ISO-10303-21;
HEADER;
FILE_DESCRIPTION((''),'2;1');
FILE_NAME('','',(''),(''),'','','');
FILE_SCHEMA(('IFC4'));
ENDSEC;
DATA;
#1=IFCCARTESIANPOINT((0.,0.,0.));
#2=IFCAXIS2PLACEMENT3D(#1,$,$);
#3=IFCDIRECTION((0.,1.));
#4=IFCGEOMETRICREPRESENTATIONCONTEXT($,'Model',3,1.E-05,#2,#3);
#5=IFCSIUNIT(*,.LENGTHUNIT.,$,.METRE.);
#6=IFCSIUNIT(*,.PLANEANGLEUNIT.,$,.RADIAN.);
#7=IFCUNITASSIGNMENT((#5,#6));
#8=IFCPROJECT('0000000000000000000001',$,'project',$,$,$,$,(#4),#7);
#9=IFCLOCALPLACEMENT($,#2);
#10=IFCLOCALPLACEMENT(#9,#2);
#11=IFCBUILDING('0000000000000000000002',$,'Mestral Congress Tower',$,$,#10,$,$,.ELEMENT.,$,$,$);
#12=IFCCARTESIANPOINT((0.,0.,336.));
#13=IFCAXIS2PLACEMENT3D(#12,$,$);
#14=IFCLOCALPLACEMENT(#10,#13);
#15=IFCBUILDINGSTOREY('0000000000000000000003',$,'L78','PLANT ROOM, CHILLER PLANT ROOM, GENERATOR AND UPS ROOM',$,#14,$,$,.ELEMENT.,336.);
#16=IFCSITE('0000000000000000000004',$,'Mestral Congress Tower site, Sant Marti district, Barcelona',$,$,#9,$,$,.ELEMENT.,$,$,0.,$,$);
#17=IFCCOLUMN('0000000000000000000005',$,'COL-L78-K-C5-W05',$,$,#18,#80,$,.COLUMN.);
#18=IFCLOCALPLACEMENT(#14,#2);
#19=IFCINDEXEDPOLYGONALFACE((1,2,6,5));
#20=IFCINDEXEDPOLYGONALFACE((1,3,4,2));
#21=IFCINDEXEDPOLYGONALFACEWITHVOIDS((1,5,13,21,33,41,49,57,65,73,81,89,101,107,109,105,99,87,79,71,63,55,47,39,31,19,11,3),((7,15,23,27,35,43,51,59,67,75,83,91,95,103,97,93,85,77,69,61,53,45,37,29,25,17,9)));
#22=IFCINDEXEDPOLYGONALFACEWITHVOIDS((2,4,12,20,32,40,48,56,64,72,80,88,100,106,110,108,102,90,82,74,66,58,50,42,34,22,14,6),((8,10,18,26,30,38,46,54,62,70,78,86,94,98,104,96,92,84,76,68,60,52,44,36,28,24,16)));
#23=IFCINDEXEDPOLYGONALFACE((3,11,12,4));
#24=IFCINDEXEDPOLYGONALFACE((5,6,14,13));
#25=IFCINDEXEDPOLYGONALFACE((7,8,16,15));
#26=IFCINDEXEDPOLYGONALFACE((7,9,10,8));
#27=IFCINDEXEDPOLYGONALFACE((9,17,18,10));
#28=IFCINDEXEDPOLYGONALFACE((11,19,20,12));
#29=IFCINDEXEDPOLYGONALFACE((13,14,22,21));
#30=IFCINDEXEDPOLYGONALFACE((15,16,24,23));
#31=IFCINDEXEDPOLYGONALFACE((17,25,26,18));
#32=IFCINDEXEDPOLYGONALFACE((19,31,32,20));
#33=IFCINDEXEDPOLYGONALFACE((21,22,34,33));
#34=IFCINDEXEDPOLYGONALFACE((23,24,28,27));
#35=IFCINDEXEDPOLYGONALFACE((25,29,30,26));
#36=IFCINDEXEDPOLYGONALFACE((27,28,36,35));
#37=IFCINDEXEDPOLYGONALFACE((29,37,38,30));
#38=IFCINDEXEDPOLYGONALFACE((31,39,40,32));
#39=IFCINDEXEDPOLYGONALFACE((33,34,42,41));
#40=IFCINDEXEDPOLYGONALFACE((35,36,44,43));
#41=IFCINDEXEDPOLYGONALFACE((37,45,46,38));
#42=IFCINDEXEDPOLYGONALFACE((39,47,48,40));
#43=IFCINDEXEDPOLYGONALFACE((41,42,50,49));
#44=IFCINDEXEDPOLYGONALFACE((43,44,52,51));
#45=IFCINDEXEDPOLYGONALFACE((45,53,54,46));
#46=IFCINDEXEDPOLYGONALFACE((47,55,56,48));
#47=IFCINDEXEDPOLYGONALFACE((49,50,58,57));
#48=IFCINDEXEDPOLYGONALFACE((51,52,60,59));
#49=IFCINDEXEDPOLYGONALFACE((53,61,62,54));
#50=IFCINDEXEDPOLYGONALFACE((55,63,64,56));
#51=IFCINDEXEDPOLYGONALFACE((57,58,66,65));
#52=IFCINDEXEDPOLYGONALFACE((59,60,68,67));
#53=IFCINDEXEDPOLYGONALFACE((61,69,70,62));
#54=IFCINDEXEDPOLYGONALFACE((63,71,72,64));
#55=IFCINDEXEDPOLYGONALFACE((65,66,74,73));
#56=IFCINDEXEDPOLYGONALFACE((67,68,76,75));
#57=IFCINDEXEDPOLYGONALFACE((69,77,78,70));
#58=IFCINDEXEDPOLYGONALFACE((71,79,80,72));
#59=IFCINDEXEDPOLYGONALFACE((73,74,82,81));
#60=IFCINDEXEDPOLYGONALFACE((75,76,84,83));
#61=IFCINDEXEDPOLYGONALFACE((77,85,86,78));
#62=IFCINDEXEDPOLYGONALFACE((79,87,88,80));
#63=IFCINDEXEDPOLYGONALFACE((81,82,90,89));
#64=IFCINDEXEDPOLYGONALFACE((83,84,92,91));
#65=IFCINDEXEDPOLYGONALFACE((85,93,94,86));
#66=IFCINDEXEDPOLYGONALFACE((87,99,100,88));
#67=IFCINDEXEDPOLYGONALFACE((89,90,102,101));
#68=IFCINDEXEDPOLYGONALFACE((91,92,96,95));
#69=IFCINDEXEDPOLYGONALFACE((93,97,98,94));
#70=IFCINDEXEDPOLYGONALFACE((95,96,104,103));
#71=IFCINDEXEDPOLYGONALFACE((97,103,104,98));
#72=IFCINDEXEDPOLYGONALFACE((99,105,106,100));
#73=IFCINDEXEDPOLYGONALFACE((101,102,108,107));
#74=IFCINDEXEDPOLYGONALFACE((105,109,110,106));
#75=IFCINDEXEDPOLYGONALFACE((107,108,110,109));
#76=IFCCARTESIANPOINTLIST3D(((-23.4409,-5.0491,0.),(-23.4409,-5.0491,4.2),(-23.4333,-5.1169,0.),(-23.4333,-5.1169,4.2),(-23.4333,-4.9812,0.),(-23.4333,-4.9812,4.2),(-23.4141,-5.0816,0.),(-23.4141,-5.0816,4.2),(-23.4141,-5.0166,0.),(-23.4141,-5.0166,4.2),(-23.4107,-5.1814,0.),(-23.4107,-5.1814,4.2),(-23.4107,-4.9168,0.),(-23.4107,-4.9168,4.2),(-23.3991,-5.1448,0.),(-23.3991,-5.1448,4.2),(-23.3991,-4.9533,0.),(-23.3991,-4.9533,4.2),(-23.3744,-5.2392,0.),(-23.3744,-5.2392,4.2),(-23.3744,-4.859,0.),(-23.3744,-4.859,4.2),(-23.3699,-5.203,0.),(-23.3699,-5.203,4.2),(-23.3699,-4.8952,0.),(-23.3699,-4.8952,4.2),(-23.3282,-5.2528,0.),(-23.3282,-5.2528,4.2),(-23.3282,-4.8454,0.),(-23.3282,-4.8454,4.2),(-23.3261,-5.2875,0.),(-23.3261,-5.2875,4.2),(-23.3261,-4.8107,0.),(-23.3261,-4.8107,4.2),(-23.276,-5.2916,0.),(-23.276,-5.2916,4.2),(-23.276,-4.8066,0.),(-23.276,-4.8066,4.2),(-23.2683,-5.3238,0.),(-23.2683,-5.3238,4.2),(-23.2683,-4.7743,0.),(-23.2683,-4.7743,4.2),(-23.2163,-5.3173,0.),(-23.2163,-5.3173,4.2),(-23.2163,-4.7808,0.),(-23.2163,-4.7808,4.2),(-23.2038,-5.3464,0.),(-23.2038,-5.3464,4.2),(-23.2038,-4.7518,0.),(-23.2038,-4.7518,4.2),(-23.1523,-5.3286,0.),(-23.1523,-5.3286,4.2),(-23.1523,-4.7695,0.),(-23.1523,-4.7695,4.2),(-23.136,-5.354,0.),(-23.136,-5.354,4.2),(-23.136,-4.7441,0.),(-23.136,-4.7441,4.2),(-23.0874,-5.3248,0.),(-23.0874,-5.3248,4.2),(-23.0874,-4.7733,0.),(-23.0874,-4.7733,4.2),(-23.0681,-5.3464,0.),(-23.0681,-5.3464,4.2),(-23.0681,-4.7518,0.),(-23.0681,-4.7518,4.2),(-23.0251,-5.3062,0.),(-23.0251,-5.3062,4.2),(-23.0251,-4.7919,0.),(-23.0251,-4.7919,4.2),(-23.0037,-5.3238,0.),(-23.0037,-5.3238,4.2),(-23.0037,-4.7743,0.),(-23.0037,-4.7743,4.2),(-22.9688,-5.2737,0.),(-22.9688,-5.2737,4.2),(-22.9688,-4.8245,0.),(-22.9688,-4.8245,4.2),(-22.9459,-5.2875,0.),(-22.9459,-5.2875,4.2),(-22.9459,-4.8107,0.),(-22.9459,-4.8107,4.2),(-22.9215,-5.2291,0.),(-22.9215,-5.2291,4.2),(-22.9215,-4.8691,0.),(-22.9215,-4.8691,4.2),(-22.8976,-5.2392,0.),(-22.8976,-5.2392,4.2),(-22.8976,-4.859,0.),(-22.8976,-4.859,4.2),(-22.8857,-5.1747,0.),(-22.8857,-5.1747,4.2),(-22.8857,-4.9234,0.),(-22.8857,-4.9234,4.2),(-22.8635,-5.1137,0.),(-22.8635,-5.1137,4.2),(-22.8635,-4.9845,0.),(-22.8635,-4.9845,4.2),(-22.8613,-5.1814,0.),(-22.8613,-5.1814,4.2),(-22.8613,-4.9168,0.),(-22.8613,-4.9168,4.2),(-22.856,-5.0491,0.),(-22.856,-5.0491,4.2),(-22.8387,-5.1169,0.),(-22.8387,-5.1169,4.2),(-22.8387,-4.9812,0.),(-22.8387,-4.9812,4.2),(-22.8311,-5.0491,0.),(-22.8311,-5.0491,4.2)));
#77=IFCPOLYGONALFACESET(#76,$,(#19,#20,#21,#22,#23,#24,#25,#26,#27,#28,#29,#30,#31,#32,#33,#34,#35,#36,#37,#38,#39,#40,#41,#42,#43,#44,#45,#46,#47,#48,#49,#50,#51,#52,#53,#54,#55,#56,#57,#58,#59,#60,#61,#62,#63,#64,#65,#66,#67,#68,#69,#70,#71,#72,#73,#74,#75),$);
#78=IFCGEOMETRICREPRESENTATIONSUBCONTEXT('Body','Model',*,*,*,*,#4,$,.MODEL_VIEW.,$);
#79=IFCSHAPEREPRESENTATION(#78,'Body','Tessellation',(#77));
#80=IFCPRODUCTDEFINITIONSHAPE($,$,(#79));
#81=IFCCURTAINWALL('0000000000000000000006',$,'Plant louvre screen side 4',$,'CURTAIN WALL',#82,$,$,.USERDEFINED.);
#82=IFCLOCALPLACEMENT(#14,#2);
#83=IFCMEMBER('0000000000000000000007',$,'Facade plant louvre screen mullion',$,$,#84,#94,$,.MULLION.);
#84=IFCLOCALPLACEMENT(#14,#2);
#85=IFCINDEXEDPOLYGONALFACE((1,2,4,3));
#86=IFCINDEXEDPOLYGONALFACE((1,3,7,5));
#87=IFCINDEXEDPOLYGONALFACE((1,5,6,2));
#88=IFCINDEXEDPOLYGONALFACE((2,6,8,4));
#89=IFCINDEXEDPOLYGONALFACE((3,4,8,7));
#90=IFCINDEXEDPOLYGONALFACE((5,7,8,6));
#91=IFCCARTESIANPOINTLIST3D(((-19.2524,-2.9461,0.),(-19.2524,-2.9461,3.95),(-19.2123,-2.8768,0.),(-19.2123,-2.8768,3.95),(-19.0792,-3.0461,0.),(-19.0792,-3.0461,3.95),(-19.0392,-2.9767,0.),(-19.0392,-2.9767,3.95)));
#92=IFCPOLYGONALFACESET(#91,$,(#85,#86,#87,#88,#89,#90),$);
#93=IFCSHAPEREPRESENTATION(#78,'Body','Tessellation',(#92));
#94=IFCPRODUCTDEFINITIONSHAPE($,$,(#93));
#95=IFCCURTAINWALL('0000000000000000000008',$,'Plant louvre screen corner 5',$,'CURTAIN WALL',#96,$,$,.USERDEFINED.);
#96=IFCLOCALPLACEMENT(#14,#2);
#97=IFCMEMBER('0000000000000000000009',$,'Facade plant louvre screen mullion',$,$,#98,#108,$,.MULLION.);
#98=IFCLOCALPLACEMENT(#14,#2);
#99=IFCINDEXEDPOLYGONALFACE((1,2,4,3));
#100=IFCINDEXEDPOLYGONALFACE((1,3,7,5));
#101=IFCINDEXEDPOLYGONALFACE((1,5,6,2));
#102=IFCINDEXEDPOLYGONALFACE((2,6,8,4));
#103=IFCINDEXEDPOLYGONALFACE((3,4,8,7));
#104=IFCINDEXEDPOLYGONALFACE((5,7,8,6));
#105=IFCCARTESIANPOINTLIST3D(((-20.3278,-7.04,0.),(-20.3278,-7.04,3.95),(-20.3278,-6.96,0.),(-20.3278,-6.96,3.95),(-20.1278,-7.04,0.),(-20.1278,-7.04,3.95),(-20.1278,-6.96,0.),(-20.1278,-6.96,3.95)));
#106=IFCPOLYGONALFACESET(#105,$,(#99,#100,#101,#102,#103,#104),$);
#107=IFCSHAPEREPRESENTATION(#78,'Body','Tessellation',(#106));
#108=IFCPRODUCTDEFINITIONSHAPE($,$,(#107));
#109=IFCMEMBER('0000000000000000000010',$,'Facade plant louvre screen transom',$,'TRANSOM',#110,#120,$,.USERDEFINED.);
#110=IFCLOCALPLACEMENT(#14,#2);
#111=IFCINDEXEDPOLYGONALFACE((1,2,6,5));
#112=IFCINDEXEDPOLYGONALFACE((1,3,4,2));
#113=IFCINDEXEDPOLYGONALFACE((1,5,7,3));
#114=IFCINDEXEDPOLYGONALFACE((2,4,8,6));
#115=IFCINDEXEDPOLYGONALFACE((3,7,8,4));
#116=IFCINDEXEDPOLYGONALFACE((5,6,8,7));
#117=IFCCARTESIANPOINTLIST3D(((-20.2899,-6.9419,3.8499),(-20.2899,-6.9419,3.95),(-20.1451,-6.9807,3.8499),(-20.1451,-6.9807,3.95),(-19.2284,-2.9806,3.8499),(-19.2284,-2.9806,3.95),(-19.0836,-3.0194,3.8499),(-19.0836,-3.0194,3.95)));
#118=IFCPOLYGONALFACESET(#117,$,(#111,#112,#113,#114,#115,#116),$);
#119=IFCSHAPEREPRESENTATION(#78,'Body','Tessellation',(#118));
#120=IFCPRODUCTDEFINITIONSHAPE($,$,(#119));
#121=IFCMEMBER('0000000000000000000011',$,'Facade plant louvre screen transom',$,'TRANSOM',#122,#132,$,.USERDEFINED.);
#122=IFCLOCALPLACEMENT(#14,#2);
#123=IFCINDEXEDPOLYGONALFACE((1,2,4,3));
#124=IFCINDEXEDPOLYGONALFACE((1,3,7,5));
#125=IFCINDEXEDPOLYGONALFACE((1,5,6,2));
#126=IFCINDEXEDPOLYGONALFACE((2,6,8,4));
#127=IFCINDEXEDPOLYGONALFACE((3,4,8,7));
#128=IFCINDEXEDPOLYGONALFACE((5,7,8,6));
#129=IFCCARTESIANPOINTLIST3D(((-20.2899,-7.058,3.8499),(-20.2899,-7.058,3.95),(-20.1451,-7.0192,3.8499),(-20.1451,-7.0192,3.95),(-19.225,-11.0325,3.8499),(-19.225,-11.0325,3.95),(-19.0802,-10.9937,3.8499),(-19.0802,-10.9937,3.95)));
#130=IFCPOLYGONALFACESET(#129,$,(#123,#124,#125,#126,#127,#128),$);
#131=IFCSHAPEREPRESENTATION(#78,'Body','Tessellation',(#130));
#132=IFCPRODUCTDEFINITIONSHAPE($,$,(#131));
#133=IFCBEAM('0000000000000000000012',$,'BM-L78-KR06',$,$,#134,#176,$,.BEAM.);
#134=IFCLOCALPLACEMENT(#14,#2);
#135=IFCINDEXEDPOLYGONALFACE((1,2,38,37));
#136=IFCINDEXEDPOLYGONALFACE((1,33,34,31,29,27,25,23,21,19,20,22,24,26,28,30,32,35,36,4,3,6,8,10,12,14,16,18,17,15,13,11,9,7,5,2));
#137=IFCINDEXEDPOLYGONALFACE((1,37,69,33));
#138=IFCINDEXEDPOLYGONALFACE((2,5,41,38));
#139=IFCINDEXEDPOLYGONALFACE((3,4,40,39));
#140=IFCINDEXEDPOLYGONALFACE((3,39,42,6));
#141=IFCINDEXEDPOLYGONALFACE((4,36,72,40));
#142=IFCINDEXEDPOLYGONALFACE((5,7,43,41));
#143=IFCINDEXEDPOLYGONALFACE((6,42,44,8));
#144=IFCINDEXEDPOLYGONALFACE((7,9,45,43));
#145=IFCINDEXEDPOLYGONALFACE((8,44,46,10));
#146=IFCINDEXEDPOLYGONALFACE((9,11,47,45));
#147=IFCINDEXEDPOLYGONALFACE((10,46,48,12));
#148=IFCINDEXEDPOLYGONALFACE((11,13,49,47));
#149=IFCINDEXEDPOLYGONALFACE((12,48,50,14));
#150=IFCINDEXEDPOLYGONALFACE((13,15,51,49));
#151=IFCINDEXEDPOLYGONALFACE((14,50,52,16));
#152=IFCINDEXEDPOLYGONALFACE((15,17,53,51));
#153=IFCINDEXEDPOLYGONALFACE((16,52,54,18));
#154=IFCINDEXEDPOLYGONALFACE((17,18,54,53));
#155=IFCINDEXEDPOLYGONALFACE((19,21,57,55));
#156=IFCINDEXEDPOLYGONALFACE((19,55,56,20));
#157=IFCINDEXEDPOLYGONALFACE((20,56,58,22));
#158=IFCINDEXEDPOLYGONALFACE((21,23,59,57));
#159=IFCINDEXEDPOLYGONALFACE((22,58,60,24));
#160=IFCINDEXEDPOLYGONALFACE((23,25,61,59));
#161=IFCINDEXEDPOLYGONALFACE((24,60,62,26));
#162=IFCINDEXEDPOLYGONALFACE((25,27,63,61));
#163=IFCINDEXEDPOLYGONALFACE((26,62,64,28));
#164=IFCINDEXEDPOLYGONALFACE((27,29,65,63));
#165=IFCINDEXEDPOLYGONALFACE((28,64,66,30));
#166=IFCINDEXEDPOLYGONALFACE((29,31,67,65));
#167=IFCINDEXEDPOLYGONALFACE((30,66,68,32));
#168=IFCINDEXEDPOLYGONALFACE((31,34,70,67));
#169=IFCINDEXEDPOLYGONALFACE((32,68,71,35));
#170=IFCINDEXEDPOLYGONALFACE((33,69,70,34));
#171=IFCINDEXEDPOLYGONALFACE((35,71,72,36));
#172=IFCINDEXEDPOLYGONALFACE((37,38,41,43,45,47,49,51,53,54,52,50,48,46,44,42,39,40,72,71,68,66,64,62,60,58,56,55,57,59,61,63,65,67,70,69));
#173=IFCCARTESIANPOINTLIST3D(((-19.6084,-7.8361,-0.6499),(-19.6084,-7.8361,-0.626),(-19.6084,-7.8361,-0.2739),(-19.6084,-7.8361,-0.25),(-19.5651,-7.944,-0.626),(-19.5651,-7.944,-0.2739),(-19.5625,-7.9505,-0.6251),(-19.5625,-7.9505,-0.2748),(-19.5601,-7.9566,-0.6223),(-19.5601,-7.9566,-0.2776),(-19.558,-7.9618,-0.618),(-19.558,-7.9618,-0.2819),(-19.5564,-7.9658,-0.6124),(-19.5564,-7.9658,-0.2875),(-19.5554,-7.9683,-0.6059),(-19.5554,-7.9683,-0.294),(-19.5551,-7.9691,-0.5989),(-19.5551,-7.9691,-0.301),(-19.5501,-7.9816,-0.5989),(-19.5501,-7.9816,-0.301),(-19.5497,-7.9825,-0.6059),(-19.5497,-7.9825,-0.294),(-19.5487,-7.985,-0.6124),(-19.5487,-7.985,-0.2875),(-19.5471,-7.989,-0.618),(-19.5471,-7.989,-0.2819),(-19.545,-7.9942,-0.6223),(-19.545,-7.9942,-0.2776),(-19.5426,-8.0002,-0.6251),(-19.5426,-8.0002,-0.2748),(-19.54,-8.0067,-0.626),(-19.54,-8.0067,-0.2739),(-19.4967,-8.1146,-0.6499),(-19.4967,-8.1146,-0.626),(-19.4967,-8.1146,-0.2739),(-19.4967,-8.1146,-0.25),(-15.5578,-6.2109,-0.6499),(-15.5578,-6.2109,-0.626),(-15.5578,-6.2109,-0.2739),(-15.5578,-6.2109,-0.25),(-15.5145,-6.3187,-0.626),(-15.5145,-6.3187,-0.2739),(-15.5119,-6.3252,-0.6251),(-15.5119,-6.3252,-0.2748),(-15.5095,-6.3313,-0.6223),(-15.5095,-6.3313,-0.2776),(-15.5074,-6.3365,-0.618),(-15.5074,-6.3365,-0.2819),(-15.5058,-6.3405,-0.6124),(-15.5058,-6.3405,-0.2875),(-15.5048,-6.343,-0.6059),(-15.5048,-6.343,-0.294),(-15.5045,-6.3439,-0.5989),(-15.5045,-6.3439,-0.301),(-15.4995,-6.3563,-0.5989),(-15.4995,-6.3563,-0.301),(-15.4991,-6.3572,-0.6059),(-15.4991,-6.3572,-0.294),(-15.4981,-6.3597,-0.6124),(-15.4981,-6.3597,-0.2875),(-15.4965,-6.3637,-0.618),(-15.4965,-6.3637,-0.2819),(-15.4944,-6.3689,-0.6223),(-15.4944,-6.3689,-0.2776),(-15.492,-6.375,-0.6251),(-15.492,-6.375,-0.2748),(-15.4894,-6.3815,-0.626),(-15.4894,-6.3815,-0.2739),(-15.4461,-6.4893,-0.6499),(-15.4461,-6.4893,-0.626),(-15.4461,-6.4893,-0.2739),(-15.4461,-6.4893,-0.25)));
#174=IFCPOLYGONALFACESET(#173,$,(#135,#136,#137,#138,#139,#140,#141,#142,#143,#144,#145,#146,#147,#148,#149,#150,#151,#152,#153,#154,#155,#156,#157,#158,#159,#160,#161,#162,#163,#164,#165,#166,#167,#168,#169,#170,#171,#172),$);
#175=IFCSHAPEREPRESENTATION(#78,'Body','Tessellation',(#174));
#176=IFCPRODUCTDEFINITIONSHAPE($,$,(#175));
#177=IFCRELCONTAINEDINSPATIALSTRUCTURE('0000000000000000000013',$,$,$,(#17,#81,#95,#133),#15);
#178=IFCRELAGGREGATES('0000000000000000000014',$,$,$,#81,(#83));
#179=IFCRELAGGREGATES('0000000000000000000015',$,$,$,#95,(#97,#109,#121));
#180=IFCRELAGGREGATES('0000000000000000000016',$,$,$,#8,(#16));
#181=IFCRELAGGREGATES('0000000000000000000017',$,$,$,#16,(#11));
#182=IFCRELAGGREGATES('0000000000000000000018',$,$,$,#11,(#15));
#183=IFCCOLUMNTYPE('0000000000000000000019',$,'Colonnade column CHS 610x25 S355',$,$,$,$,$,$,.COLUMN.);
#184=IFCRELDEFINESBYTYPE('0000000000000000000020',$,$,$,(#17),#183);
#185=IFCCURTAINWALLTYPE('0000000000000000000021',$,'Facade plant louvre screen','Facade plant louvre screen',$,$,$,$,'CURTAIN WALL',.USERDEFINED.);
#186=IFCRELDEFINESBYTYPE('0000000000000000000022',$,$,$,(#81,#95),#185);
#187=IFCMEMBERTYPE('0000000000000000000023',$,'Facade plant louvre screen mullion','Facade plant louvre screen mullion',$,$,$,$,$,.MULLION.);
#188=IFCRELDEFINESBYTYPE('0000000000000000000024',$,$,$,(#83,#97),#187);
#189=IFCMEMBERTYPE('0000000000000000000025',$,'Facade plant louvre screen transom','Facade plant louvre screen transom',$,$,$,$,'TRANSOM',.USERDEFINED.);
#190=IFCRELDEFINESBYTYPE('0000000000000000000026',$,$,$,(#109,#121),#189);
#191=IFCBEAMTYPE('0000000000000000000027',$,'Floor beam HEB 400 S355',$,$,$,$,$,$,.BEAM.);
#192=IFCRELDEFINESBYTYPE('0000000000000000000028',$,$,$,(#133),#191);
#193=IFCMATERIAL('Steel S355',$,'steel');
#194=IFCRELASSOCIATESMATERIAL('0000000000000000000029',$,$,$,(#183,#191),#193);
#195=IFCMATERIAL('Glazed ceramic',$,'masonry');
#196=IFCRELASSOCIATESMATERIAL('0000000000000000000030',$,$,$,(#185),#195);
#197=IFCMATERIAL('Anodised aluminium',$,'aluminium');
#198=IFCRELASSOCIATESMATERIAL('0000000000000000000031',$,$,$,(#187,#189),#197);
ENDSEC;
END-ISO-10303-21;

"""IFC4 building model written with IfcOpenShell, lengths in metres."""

from ifc_helpers import new_model, si_unit, direction, frame, origin, origin_2d, place, context, subcontext, project, spatial, rectangle, hollow_circle, i_section, extrude, material, material_profile, profile_set, type_object, element, aggregate, save


model = new_model("IFC4")

# Units and contexts
model_context = context("Model", 3, precision=1e-05, world=origin(), true_north=direction((0.0, 1.0)))
body_context = subcontext(model_context, "Body", "Model", "MODEL_VIEW")
ifc_project = project(units=[si_unit("LENGTHUNIT", "METRE"), si_unit("PLANEANGLEUNIT", "RADIAN")], contexts=[model_context])

# Site, building, storey
site_placement = place(None, origin())
site = spatial("IfcSite", under=ifc_project, at=site_placement, Name="Mestral Congress Tower site, Sant Marti district, Barcelona", CompositionType="ELEMENT", RefElevation=0.0)
building_placement = place(site_placement, origin())
building = spatial("IfcBuilding", under=site, at=building_placement, Name="Mestral Congress Tower", CompositionType="ELEMENT")
storey_placement = place(building_placement, frame((0.0, 0.0, 336.0)))
storey = spatial("IfcBuildingStorey", under=building, at=storey_placement, Name="L78", Description="PLANT ROOM, CHILLER PLANT ROOM, GENERATOR AND UPS ROOM", CompositionType="ELEMENT", Elevation=336.0)

# Column
ifc_material_1 = material(Name="Steel S355", Category="steel")
ifc_material_profile_1 = material_profile(ifc_material_1, hollow_circle(Radius=0.3049, WallThickness=0.0249, at=origin_2d()), Name="CHS 610x25")
ifc_profile_set_1 = profile_set([ifc_material_profile_1], Name="Steel S355")
column_type = type_object("IfcColumnType", Name="Colonnade column CHS 610x25 S355", PredefinedType="COLUMN", material=ifc_profile_set_1)
column_placement = place(storey_placement, frame((-23.136, -5.0491, 0.0), z_axis=(0.0, 0.0, 1.0), x_axis=(1.0, 0.0, 0.0)))
element("IfcColumn", 1, at=column_placement, inside=storey, type_object=column_type, Name="COL-L78-K-C5-W05", PredefinedType="COLUMN", context=body_context, shape_type="SweptSolid", body=[
    extrude(hollow_circle(Radius=0.3049, WallThickness=0.0249, at=origin_2d()), origin(), (0.0, 0.0, 1.0), 4.2),
])

# Curtain wall, member
ifc_material_2 = material(Name="Glazed ceramic", Category="masonry")
curtain_wall_type = type_object("IfcCurtainWallType", Name="Facade plant louvre screen", Description="Facade plant louvre screen", ElementType="CURTAIN WALL", PredefinedType="USERDEFINED", material=ifc_material_2)
placement = place(storey_placement, origin())
curtain_wall_1 = element("IfcCurtainWall", 2, at=placement, inside=storey, type_object=curtain_wall_type, Name="Plant louvre screen side 4", ObjectType="CURTAIN WALL", PredefinedType="USERDEFINED")
ifc_material_3 = material(Name="Anodised aluminium", Category="aluminium")
ifc_material_profile_2 = material_profile(ifc_material_3, rectangle(XDim=0.2, YDim=0.0801, at=origin_2d()), Name="CW6 mullion 200 x 80")
ifc_profile_set_2 = profile_set([ifc_material_profile_2], Name="Anodised aluminium")
member_type_1 = type_object("IfcMemberType", Name="Facade plant louvre screen mullion", Description="Facade plant louvre screen mullion", PredefinedType="MULLION", material=ifc_profile_set_2)
member_1_placement = place(storey_placement, frame((-19.1458, -2.9614, 0.0), z_axis=(0.0, 0.0, 1.0), x_axis=(-0.866025, 0.500002, 0.0)))
member_1 = element("IfcMember", 3, at=member_1_placement, type_object=member_type_1, Name="Facade plant louvre screen mullion", PredefinedType="MULLION", context=body_context, shape_type="SweptSolid", body=[
    extrude(rectangle(XDim=0.2, YDim=0.0801, at=origin_2d()), origin(), (0.0, 0.0, 1.0), 3.95),
])

# Curtain wall, members
curtain_wall_2 = element("IfcCurtainWall", 4, at=placement, inside=storey, type_object=curtain_wall_type, Name="Plant louvre screen corner 5", ObjectType="CURTAIN WALL", PredefinedType="USERDEFINED")
member_2_placement = place(storey_placement, frame((-20.2278, -7.0, 0.0), z_axis=(0.0, 0.0, 1.0), x_axis=(-1.0, 0.0, 0.0)))
member_2 = element("IfcMember", 5, at=member_2_placement, type_object=member_type_1, Name="Facade plant louvre screen mullion", PredefinedType="MULLION", context=body_context, shape_type="SweptSolid", body=[
    extrude(rectangle(XDim=0.2, YDim=0.0801, at=origin_2d()), origin(), (0.0, 0.0, 1.0), 3.95),
])
ifc_material_profile_3 = material_profile(ifc_material_3, rectangle(XDim=0.1499, YDim=0.1001, at=origin_2d()), Name="CW6 transom 150 x 100")
ifc_profile_set_3 = profile_set([ifc_material_profile_3], Name="Anodised aluminium")
member_type_2 = type_object("IfcMemberType", Name="Facade plant louvre screen transom", Description="Facade plant louvre screen transom", ElementType="TRANSOM", PredefinedType="USERDEFINED", material=ifc_profile_set_3)
member_3_placement = place(storey_placement, frame((-19.156, -3.0, 3.8999), z_axis=(-0.258833, -0.965922, 0.0), x_axis=(0.965922, -0.258833, 0.0)))
member_3 = element("IfcMember", 6, at=member_3_placement, type_object=member_type_2, Name="Facade plant louvre screen transom", ObjectType="TRANSOM", PredefinedType="USERDEFINED", context=body_context, shape_type="SweptSolid", body=[
    extrude(rectangle(XDim=0.1499, YDim=0.1001, at=origin_2d()), origin(), (0.0, 0.0, 1.0), 4.1011),
])
member_4_placement = place(storey_placement, frame((-20.2175, -7.0386, 3.8999), z_axis=(0.258807, -0.965929, 0.0), x_axis=(0.965929, 0.258807, 0.0)))
member_4 = element("IfcMember", 7, at=member_4_placement, type_object=member_type_2, Name="Facade plant louvre screen transom", ObjectType="TRANSOM", PredefinedType="USERDEFINED", context=body_context, shape_type="SweptSolid", body=[
    extrude(rectangle(XDim=0.1499, YDim=0.1001, at=origin_2d()), origin(), (0.0, 0.0, 1.0), 4.1147),
])

# Beam
ifc_material_profile_4 = material_profile(ifc_material_1, i_section(OverallWidth=0.3, OverallDepth=0.3999, WebThickness=0.0134, FlangeThickness=0.0239, FilletRadius=0.0271, at=origin_2d()), Name="HEB 400")
ifc_profile_set_4 = profile_set([ifc_material_profile_4], Name="Steel S355")
beam_type_1 = type_object("IfcBeamType", Name="Floor beam HEB 400 S355", PredefinedType="BEAM", material=ifc_profile_set_4)
beam_1_placement = place(storey_placement, frame((-15.502, -6.3501, -0.45), z_axis=(-0.928079, -0.372384, 0.0), x_axis=(0.372384, -0.928079, 0.0)))
element("IfcBeam", 8, at=beam_1_placement, inside=storey, type_object=beam_type_1, Name="BM-L78-KR06", PredefinedType="BEAM", context=body_context, shape_type="SweptSolid", body=[
    extrude(i_section(OverallWidth=0.3, OverallDepth=0.3999, WebThickness=0.0134, FlangeThickness=0.0239, FilletRadius=0.0271, at=origin_2d()), origin(), (0.0, 0.0, 1.0), 4.3645),
])

aggregate(curtain_wall_1, [member_1])
aggregate(curtain_wall_2, [member_2, member_3, member_4])

save(model, "model.ifc")
